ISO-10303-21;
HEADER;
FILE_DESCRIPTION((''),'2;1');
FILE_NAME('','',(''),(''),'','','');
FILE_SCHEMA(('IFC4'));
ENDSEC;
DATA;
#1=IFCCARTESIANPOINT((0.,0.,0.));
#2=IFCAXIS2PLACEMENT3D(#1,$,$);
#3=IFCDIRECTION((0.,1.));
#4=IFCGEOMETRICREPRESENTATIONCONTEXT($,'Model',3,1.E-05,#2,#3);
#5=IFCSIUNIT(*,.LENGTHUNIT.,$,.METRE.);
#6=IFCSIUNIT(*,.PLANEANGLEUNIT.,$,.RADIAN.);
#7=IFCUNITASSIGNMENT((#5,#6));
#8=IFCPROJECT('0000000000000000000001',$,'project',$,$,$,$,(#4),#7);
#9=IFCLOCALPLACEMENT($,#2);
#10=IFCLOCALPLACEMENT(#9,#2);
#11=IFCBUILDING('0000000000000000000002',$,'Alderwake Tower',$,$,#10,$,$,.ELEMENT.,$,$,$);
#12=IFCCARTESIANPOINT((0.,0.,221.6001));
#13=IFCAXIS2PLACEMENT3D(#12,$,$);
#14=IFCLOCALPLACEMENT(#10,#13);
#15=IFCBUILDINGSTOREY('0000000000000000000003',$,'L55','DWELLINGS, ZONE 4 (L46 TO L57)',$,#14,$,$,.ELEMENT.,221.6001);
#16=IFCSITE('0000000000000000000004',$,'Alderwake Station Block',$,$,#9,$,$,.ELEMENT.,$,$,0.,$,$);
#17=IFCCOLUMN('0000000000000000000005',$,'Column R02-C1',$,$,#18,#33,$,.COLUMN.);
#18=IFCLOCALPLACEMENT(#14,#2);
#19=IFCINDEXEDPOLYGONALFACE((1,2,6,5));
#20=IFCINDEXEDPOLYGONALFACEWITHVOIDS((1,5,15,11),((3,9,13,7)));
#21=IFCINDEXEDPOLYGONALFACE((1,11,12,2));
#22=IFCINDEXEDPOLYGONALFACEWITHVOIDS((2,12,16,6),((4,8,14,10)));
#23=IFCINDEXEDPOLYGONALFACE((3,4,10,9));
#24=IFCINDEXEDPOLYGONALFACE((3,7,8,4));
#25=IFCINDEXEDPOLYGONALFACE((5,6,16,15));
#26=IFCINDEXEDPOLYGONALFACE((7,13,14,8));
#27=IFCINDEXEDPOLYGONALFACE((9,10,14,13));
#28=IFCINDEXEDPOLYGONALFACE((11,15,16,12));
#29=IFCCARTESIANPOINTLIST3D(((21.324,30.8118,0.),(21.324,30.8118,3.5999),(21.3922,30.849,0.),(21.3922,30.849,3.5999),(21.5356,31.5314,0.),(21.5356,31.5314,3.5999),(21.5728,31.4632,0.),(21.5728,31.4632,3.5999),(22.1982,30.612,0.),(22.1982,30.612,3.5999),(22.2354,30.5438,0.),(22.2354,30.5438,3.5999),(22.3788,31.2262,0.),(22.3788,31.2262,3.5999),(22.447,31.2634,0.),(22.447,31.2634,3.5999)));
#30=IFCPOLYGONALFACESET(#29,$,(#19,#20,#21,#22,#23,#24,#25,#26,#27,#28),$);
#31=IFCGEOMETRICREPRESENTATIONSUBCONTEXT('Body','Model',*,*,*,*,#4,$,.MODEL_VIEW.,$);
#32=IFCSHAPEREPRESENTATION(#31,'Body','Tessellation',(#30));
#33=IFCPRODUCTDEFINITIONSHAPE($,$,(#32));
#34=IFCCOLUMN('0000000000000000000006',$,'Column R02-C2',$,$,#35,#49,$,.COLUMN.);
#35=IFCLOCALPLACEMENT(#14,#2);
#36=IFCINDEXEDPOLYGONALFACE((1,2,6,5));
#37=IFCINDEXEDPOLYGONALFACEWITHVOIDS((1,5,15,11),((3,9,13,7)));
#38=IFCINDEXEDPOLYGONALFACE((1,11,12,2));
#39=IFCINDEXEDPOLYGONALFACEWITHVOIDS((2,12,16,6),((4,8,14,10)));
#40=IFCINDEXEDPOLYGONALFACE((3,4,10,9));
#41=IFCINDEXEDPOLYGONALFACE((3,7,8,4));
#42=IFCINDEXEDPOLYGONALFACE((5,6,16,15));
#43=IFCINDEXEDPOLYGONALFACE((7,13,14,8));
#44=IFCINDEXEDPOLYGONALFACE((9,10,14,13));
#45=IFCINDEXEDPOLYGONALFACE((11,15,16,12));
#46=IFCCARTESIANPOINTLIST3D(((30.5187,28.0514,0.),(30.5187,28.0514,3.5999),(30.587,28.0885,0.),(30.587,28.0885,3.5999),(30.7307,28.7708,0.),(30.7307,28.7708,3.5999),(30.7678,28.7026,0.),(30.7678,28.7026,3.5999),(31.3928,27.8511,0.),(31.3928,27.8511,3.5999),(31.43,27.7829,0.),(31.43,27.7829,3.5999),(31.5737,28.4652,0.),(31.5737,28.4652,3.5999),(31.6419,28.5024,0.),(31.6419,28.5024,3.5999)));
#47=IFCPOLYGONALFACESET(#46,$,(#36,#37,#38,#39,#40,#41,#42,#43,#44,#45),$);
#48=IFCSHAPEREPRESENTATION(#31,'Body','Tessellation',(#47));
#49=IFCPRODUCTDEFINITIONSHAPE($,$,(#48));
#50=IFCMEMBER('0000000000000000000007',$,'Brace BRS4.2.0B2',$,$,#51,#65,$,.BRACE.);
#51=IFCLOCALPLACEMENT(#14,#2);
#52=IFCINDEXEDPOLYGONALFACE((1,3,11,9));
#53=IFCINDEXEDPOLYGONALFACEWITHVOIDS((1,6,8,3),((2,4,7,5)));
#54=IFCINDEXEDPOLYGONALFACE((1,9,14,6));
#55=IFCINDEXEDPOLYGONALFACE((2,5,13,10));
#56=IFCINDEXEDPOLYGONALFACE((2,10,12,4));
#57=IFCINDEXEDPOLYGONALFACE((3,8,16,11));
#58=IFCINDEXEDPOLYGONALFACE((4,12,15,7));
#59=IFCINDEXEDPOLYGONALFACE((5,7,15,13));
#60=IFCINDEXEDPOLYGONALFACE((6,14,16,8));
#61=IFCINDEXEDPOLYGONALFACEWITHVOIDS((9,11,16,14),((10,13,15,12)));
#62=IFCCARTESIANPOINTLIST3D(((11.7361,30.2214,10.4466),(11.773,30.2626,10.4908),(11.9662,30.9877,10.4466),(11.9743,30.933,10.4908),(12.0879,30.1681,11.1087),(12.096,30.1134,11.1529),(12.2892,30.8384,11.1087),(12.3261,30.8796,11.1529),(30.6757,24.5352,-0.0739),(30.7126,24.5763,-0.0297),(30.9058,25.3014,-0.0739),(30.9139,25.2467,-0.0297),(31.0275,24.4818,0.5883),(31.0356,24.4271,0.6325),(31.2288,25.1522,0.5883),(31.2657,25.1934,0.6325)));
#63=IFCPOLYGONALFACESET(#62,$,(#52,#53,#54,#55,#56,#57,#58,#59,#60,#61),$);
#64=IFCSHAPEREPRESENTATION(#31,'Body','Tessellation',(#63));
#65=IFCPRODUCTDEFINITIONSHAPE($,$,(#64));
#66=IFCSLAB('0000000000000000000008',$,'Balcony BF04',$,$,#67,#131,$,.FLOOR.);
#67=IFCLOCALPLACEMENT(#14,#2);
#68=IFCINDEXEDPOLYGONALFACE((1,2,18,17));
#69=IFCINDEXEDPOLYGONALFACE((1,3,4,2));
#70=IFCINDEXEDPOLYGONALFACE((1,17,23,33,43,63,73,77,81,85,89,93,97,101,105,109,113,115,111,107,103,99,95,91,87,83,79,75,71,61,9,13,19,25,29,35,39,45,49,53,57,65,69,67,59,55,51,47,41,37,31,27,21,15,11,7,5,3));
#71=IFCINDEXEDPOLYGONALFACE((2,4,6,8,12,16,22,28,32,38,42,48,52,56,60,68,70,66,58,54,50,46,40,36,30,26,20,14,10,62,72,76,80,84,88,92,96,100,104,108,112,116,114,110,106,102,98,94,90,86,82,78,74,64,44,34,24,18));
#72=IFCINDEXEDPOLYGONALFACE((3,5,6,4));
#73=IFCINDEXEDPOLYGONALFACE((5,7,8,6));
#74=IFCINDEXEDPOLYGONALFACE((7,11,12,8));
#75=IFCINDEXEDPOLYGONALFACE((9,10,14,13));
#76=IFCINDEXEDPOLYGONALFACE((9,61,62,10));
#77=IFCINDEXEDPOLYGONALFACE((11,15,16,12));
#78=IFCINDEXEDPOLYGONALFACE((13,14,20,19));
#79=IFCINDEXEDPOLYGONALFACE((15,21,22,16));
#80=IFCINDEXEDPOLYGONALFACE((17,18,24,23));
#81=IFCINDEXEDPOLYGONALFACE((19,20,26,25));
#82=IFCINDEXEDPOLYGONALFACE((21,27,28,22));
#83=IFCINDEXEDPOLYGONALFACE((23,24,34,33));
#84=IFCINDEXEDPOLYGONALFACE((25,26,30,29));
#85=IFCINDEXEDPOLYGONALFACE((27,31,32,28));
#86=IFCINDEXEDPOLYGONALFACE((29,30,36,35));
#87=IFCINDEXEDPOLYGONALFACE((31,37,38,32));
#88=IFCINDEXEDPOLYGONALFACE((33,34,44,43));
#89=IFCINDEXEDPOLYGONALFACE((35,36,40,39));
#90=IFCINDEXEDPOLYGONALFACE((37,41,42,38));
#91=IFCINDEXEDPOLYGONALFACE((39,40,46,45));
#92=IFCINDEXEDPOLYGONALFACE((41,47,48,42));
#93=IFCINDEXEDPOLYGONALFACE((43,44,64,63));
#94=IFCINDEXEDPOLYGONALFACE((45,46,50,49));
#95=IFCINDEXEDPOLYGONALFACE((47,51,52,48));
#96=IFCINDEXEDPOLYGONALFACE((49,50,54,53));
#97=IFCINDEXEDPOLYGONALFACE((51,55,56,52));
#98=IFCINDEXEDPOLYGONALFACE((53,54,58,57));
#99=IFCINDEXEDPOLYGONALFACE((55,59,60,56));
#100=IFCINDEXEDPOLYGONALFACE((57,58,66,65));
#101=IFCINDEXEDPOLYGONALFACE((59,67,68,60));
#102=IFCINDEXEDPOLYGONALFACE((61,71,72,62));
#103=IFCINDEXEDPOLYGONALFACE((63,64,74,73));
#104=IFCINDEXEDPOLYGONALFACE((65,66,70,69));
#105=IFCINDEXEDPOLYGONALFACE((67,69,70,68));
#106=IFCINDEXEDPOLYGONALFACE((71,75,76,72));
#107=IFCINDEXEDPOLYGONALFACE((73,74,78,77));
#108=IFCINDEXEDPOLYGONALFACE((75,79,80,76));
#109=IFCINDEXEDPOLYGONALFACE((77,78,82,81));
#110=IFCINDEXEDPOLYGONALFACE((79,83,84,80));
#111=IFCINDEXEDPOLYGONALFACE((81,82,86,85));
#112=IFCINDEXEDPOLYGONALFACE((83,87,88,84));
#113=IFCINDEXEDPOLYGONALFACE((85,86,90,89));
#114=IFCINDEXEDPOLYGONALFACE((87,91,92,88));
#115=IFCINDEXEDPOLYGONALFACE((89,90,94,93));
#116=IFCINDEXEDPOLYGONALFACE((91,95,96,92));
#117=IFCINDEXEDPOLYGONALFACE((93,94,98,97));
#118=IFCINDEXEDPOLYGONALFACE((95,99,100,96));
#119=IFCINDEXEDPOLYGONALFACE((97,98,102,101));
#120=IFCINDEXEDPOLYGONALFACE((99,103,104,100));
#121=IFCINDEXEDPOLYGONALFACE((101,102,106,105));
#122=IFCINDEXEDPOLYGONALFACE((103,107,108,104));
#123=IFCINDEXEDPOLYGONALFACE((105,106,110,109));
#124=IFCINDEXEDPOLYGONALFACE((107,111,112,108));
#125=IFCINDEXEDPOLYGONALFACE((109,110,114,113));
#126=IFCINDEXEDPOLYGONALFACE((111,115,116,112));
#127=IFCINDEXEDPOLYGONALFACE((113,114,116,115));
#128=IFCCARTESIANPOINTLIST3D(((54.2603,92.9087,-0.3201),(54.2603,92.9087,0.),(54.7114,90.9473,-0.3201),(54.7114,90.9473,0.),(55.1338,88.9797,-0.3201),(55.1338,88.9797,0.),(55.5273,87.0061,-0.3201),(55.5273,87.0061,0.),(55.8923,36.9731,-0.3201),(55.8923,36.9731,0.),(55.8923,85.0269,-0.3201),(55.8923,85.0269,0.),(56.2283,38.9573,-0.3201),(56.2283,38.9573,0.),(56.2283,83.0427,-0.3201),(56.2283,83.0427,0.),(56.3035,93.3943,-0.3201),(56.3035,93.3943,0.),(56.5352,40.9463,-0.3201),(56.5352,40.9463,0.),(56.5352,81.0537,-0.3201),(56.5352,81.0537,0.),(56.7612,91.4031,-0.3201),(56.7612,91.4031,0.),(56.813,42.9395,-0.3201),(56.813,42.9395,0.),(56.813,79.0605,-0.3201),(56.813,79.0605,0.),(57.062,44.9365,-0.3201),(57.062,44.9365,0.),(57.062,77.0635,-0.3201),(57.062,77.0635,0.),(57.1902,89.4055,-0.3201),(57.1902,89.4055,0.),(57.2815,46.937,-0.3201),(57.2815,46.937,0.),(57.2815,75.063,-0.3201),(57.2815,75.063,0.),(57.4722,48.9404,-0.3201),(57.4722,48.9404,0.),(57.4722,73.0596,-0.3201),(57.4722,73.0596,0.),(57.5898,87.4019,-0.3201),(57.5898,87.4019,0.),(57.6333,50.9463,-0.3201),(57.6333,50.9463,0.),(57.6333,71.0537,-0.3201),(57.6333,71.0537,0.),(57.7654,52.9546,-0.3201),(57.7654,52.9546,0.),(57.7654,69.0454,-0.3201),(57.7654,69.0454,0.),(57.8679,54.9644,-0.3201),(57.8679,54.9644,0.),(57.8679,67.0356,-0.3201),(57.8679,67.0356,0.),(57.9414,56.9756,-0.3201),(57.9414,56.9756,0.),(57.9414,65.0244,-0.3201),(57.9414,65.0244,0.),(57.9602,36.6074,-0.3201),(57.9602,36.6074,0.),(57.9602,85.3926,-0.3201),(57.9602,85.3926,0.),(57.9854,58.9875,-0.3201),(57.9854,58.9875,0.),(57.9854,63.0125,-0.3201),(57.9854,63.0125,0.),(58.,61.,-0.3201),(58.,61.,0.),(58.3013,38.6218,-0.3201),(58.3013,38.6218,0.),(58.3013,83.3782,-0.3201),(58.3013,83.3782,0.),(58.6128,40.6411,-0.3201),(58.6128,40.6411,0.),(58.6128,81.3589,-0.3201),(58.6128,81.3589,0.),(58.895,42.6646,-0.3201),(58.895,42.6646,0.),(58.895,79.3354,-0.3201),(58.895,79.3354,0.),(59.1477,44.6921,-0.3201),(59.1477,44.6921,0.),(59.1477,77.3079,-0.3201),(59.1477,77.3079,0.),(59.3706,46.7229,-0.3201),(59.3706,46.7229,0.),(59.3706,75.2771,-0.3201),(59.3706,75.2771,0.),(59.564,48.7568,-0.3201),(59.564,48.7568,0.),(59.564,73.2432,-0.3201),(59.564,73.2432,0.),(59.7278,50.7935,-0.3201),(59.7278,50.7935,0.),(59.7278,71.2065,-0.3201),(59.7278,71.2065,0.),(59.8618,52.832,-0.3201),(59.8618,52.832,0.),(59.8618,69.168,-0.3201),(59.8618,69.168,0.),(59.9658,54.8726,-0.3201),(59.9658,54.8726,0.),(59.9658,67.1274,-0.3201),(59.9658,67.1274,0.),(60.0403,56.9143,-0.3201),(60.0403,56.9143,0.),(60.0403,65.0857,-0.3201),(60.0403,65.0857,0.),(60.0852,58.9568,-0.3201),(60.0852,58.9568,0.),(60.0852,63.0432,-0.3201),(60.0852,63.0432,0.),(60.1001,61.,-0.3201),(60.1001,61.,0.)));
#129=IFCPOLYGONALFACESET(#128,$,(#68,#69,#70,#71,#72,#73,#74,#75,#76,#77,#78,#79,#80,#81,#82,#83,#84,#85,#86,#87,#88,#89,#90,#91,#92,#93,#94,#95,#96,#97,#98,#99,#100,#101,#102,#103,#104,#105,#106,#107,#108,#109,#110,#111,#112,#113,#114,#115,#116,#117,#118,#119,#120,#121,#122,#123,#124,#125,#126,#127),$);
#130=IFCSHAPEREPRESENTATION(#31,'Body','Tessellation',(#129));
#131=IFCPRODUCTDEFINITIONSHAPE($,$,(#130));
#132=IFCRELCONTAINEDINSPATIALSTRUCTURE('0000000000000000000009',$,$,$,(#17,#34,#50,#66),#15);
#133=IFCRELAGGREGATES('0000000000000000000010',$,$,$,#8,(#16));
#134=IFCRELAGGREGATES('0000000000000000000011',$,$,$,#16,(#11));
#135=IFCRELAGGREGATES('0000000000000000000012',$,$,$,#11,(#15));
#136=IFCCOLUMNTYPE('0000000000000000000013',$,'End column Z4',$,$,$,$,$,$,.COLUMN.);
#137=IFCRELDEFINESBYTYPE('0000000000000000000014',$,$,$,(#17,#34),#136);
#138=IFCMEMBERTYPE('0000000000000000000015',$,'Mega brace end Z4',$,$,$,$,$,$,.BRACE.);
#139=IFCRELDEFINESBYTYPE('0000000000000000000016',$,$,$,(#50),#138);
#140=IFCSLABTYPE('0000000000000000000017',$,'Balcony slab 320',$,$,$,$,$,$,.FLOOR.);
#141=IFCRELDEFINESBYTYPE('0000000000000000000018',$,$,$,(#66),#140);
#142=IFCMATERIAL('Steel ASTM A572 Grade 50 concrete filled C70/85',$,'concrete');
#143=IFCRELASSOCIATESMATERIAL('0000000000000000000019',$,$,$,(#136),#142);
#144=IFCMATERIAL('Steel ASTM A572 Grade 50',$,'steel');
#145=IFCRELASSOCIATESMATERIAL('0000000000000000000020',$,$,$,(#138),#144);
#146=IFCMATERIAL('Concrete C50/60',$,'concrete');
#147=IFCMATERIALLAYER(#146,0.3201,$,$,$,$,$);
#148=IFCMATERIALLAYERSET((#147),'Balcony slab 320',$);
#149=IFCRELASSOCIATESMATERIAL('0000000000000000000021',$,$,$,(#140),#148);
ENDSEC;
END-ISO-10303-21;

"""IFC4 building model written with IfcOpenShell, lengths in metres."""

from ifc_helpers import new_model, si_unit, direction, frame, origin, origin_2d, place, context, subcontext, project, spatial, polyline, hollow_rectangle, outline, extrude, material, layer, layer_set, material_profile, profile_set, type_object, element, save


model = new_model("IFC4")

# Units and contexts
model_context = context("Model", 3, precision=1e-05, world=origin(), true_north=direction((0.0, 1.0)))
body_context = subcontext(model_context, "Body", "Model", "MODEL_VIEW")
ifc_project = project(units=[si_unit("LENGTHUNIT", "METRE"), si_unit("PLANEANGLEUNIT", "RADIAN")], contexts=[model_context])

# Site, building, storey
site_placement = place(None, origin())
site = spatial("IfcSite", under=ifc_project, at=site_placement, Name="Alderwake Station Block", CompositionType="ELEMENT", RefElevation=0.0)
building_placement = place(site_placement, origin())
building = spatial("IfcBuilding", under=site, at=building_placement, Name="Alderwake Tower", CompositionType="ELEMENT")
storey_placement = place(building_placement, frame((0.0, 0.0, 221.6001)))
storey = spatial("IfcBuildingStorey", under=building, at=storey_placement, Name="L55", Description="DWELLINGS, ZONE 4 (L46 TO L57)", CompositionType="ELEMENT", Elevation=221.6001)

# Columns
ifc_material_1 = material(Name="Steel ASTM A572 Grade 50 concrete filled C70/85", Category="concrete")
ifc_material_profile_1 = material_profile(ifc_material_1, hollow_rectangle(XDim=0.75, YDim=0.95, WallThickness=0.0549, at=origin_2d()), Name="BOX 950X750X55")
ifc_profile_set_1 = profile_set([ifc_material_profile_1], Name="Steel ASTM A572 Grade 50 concrete filled C70/85")
column_type = type_object("IfcColumnType", Name="End column Z4", PredefinedType="COLUMN", material=ifc_profile_set_1)
for number, where, z_axis, x_axis, name in (
    (1, (21.8855, 31.0376, 0.0), (0.0, 0.0, 1.0), (0.282132, 0.959376, 0.0), "Column R02-C1"),
    (2, (31.0803, 28.2769, 0.0), (0.0, 0.0, 1.0), (0.282583, 0.959243, 0.0), "Column R02-C2"),
):
    element("IfcColumn", number, at=place(storey_placement, frame(where, z_axis=z_axis, x_axis=x_axis)), inside=storey, type_object=column_type, Name=name, PredefinedType="COLUMN", context=body_context, shape_type="SweptSolid", body=[
        extrude(hollow_rectangle(XDim=0.75, YDim=0.95, WallThickness=0.0549, at=origin_2d()), origin(), (0.0, 0.0, 1.0), 3.5999),
    ])

# Member
ifc_material_2 = material(Name="Steel ASTM A572 Grade 50", Category="steel")
ifc_material_profile_2 = material_profile(ifc_material_2, hollow_rectangle(XDim=0.8, YDim=0.8, WallThickness=0.05, at=origin_2d()), Name="BOX 800X800X50")
ifc_profile_set_2 = profile_set([ifc_material_profile_2], Name="Steel ASTM A572 Grade 50")
member_type = type_object("IfcMemberType", Name="Mega brace end Z4", PredefinedType="BRACE", material=ifc_profile_set_2)
member_placement = place(storey_placement, frame((30.9707, 24.8643, 0.2793), z_axis=(-0.84555, 0.25386, 0.469681), x_axis=(-0.287551, -0.957765, 0.0)))
element("IfcMember", 3, at=member_placement, inside=storey, type_object=member_type, Name="Brace BRS4.2.0B2", PredefinedType="BRACE", context=body_context, shape_type="SweptSolid", body=[
    extrude(hollow_rectangle(XDim=0.8, YDim=0.8, WallThickness=0.05, at=origin_2d()), origin(), (0.0, 0.0, 1.0), 22.3992),
])

# Slab
ifc_material_3 = material(Name="Concrete C50/60", Category="concrete")
ifc_layer_1 = layer(ifc_material_3, 0.3201)
ifc_layer_set_1 = layer_set([ifc_layer_1], Name="Balcony slab 320")
slab_type_1 = type_object("IfcSlabType", Name="Balcony slab 320", PredefinedType="FLOOR", material=ifc_layer_set_1)
slab_1_placement = place(storey_placement, frame((0.0, 0.0, -0.3201)))
element("IfcSlab", 4, at=slab_1_placement, inside=storey, type_object=slab_type_1, Name="Balcony BF04", PredefinedType="FLOOR", context=body_context, shape_type="SweptSolid", body=[
    extrude(outline(polyline([(58.3013, 38.6218), (58.6128, 40.6411), (58.895, 42.6646), (59.1477, 44.6921), (59.3706, 46.7229), (59.564, 48.7568), (59.7278, 50.7935), (59.8618, 52.832), (59.9658, 54.8726), (60.0403, 56.9143), (60.0852, 58.9568), (60.1001, 61.0), (60.0852, 63.0432), (60.0403, 65.0857), (59.9658, 67.1274), (59.8618, 69.168), (59.7278, 71.2065), (59.564, 73.2432), (59.3706, 75.2771), (59.1477, 77.3079), (58.895, 79.3354), (58.6128, 81.3589), (58.3013, 83.3782), (57.9602, 85.3926), (57.5898, 87.4019), (57.1902, 89.4055), (56.7612, 91.4031), (56.3035, 93.3943), (54.2603, 92.9087), (54.7114, 90.9473), (55.1338, 88.9797), (55.5273, 87.0061), (55.8923, 85.0269), (56.2283, 83.0427), (56.5352, 81.0537), (56.813, 79.0605), (57.062, 77.0635), (57.2815, 75.063), (57.4722, 73.0596), (57.6333, 71.0537), (57.7654, 69.0454), (57.8679, 67.0356), (57.9414, 65.0244), (57.9854, 63.0125), (58.0, 61.0), (57.9854, 58.9875), (57.9414, 56.9756), (57.8679, 54.9644), (57.7654, 52.9546), (57.6333, 50.9463), (57.4722, 48.9404), (57.2815, 46.937), (57.062, 44.9365), (56.813, 42.9395), (56.5352, 40.9463), (56.2283, 38.9573), (55.8923, 36.9731), (57.9602, 36.6074), (58.3013, 38.6218)])), origin(), (0.0, 0.0, 1.0), 0.3201),
])

save(model, "model.ifc")
